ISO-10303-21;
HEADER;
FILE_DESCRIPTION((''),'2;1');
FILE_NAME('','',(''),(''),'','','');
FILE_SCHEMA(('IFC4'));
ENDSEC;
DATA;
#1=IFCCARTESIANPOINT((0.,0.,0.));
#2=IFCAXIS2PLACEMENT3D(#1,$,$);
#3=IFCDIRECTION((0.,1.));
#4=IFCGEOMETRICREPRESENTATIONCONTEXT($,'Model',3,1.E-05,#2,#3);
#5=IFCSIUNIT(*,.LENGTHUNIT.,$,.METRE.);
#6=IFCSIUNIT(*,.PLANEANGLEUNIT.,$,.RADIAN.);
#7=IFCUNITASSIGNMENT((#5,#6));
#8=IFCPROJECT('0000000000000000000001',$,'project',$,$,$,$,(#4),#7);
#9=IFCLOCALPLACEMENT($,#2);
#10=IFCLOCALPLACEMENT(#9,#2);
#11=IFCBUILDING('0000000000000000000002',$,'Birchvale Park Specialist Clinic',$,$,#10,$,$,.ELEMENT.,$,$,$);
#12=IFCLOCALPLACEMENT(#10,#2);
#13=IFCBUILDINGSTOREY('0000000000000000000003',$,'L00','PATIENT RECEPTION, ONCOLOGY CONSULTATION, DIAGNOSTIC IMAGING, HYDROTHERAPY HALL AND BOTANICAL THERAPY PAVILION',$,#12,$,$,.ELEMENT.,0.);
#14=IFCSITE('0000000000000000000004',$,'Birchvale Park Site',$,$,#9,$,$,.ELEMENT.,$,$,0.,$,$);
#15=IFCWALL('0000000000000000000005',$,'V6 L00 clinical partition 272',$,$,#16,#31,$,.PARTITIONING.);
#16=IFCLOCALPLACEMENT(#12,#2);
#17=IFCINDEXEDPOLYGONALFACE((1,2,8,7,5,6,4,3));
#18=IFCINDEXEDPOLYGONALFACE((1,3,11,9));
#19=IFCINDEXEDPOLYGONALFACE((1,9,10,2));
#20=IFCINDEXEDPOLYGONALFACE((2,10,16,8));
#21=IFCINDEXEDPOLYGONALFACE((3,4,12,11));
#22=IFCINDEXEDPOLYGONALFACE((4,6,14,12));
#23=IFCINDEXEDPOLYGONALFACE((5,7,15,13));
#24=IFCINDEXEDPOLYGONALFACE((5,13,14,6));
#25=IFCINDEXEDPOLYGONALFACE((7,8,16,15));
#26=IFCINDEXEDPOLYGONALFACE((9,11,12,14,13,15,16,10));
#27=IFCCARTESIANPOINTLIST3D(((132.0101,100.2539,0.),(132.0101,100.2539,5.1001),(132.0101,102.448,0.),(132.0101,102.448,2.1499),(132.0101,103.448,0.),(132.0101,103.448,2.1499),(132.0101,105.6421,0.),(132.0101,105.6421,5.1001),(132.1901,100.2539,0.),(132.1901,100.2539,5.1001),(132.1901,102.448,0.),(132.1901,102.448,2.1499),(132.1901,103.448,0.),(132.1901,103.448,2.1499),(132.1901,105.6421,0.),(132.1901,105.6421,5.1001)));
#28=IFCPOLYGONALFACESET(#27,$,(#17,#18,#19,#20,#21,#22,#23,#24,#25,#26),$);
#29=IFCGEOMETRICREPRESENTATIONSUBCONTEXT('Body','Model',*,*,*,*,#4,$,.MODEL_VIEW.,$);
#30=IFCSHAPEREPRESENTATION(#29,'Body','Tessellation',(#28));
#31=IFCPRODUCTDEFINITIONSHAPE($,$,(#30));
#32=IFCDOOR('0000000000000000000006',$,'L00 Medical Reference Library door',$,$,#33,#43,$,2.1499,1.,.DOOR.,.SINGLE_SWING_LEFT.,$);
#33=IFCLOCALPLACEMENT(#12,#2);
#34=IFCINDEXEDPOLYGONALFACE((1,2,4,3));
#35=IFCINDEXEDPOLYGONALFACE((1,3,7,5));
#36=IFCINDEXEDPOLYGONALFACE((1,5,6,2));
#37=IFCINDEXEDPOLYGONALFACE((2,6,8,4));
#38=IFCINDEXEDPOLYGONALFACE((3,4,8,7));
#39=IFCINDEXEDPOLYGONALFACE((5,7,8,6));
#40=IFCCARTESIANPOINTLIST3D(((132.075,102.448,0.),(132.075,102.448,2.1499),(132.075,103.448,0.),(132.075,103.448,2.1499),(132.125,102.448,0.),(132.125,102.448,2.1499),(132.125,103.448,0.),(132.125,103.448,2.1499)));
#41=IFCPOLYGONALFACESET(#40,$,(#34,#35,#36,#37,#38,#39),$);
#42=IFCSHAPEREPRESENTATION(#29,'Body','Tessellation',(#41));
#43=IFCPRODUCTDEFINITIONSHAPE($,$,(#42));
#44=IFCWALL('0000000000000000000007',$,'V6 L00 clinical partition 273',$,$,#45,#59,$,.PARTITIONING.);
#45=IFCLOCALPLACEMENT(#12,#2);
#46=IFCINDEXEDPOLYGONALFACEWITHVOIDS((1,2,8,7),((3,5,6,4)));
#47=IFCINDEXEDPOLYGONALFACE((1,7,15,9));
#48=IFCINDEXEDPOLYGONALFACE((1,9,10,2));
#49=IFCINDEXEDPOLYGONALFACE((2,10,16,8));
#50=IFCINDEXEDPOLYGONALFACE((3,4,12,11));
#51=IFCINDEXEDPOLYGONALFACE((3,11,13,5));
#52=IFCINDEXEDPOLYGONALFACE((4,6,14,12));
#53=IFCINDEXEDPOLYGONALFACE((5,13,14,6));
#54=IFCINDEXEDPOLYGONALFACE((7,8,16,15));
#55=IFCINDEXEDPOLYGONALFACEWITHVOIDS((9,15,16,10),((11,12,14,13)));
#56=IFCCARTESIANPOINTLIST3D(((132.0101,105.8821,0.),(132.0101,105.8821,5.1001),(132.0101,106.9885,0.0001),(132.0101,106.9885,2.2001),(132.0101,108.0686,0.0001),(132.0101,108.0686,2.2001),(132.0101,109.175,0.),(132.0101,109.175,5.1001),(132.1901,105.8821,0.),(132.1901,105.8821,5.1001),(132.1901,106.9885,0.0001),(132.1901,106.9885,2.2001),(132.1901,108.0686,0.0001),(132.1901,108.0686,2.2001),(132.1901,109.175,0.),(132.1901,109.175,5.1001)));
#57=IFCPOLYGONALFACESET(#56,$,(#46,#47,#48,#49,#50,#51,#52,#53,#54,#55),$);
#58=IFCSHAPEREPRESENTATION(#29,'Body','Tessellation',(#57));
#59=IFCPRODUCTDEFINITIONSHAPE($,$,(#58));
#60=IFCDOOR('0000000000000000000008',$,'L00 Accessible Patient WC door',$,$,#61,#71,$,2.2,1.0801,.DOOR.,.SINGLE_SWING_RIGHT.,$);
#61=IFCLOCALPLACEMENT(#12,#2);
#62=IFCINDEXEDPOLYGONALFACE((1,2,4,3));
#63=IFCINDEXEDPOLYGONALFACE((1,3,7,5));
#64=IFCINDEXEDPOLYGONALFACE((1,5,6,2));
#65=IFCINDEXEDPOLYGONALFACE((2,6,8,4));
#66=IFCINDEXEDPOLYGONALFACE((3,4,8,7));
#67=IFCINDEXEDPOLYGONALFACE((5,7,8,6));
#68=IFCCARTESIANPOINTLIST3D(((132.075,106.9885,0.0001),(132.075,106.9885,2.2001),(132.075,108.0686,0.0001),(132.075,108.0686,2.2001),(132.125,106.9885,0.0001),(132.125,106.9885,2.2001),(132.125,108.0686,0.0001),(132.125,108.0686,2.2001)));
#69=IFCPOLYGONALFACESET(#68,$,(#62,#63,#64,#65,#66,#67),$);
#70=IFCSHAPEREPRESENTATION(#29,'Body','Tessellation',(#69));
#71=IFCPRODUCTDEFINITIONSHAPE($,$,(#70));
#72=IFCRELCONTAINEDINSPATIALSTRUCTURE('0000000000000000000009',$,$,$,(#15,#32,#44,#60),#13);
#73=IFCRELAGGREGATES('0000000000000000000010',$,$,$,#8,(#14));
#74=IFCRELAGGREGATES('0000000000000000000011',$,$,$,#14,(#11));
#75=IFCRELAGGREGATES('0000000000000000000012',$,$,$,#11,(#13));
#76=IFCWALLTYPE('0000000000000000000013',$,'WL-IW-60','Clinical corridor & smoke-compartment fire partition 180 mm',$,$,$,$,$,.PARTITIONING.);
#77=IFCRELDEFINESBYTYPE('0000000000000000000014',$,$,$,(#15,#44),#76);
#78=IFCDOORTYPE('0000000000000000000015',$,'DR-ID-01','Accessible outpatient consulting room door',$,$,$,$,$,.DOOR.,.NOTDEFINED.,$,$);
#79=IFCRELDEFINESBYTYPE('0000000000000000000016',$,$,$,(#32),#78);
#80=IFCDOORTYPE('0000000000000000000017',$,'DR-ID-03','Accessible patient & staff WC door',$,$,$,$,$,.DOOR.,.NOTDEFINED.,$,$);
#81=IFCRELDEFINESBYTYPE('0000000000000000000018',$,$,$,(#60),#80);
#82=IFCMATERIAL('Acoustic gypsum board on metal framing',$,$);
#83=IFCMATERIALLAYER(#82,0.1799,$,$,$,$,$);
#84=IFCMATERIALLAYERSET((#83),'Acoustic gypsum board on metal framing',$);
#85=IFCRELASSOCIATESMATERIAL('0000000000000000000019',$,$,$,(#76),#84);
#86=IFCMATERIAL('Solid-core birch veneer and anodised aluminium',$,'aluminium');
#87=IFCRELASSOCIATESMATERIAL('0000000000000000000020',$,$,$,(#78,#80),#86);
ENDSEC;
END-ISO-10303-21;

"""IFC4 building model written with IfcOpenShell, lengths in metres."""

from ifc_helpers import new_model, si_unit, direction, frame, frame_2d, origin, place, context, subcontext, project, spatial, rectangle, extrude, material, layer, layer_set, type_object, element, fill, save


model = new_model("IFC4")

# Units and contexts
model_context = context("Model", 3, precision=1e-05, world=origin(), true_north=direction((0.0, 1.0)))
body_context = subcontext(model_context, "Body", "Model", "MODEL_VIEW")
ifc_project = project(units=[si_unit("LENGTHUNIT", "METRE"), si_unit("PLANEANGLEUNIT", "RADIAN")], contexts=[model_context])

# Site, building, storey
site_placement = place(None, origin())
site = spatial("IfcSite", under=ifc_project, at=site_placement, Name="Birchvale Park Site", CompositionType="ELEMENT", RefElevation=0.0)
building_placement = place(site_placement, origin())
building = spatial("IfcBuilding", under=site, at=building_placement, Name="Birchvale Park Specialist Clinic", CompositionType="ELEMENT")
storey_placement = place(building_placement, origin())
storey = spatial("IfcBuildingStorey", under=building, at=storey_placement, Name="L00", Description="PATIENT RECEPTION, ONCOLOGY CONSULTATION, DIAGNOSTIC IMAGING, HYDROTHERAPY HALL AND BOTANICAL THERAPY PAVILION", CompositionType="ELEMENT", Elevation=0.0)

# Shared definitions
ifc_material_1 = material(Name="Acoustic gypsum board on metal framing")

# Walls, openings, doors
ifc_layer_1 = layer(ifc_material_1, 0.1799)
ifc_layer_set_1 = layer_set([ifc_layer_1], Name="Acoustic gypsum board on metal framing")
wall_type_1 = type_object("IfcWallType", Name="WL-IW-60", Description="Clinical corridor & smoke-compartment fire partition 180 mm", PredefinedType="PARTITIONING", material=ifc_layer_set_1)
ifc_material_2 = material(Name="Solid-core birch veneer and anodised aluminium", Category="aluminium")
wall_1_placement = place(storey_placement, frame((132.1001, 105.6421, 0.0), z_axis=(0.0, 0.0, 1.0), x_axis=(0.0, -1.0, 0.0)))
wall_1 = element("IfcWall", 1, at=wall_1_placement, inside=storey, type_object=wall_type_1, Name="V6 L00 clinical partition 272", PredefinedType="PARTITIONING", context=body_context, shape_type="SweptSolid", body=[
    extrude(rectangle(XDim=5.3882, YDim=0.1799, at=frame_2d((2.6941, 0.0))), origin(), (0.0, 0.0, 1.0), 5.1001),
])
opening_1_placement = place(wall_1_placement, frame((2.1941, 0.0, 0.0)))
opening_1 = element("IfcOpeningElement", 2, at=opening_1_placement, cuts=wall_1, PredefinedType="OPENING", context=body_context, shape_type="SweptSolid", body=[
    extrude(rectangle(XDim=1.0, YDim=2.1499, at=frame_2d((0.5, 1.075))), frame((0.0, 0.1001, 0.0), z_axis=(0.0, -1.0, 0.0), x_axis=(1.0, 0.0, 0.0)), (0.0, 0.0, 1.0), 0.2),
])
door_type_1 = type_object("IfcDoorType", Name="DR-ID-01", Description="Accessible outpatient consulting room door", OperationType="NOTDEFINED", PredefinedType="DOOR", material=ifc_material_2)
door_1_placement = place(opening_1_placement, origin())
door_1 = element("IfcDoor", 3, at=door_1_placement, inside=storey, type_object=door_type_1, Name="L00 Medical Reference Library door", OperationType="SINGLE_SWING_LEFT", OverallHeight=2.1499, OverallWidth=1.0, PredefinedType="DOOR", context=body_context, shape_type="SweptSolid", body=[
    extrude(rectangle(XDim=1.0, YDim=2.1499, at=frame_2d((0.5, 1.075))), frame((0.0, 0.0249, 0.0), z_axis=(0.0, -1.0, 0.0), x_axis=(1.0, 0.0, 0.0)), (0.0, 0.0, 1.0), 0.05),
])
fill(opening_1, door_1)
wall_2_placement = place(storey_placement, frame((132.1001, 109.175, 0.0), z_axis=(0.0, 0.0, 1.0), x_axis=(0.0, -1.0, 0.0)))
wall_2 = element("IfcWall", 4, at=wall_2_placement, inside=storey, type_object=wall_type_1, Name="V6 L00 clinical partition 273", PredefinedType="PARTITIONING", context=body_context, shape_type="SweptSolid", body=[
    extrude(rectangle(XDim=3.293, YDim=0.1799, at=frame_2d((1.6465, 0.0))), origin(), (0.0, 0.0, 1.0), 5.1001),
])
opening_2_placement = place(wall_2_placement, frame((1.1064, 0.0, 0.0)))
opening_2 = element("IfcOpeningElement", 5, at=opening_2_placement, cuts=wall_2, PredefinedType="OPENING", context=body_context, shape_type="SweptSolid", body=[
    extrude(rectangle(XDim=1.0801, YDim=2.2, at=frame_2d((0.54, 1.1001))), frame((0.0, 0.1001, 0.0), z_axis=(0.0, -1.0, 0.0), x_axis=(1.0, 0.0, 0.0)), (0.0, 0.0, 1.0), 0.2),
])
door_type_2 = type_object("IfcDoorType", Name="DR-ID-03", Description="Accessible patient & staff WC door", OperationType="NOTDEFINED", PredefinedType="DOOR", material=ifc_material_2)
door_2_placement = place(opening_2_placement, origin())
door_2 = element("IfcDoor", 6, at=door_2_placement, inside=storey, type_object=door_type_2, Name="L00 Accessible Patient WC door", OperationType="SINGLE_SWING_RIGHT", OverallHeight=2.2, OverallWidth=1.0801, PredefinedType="DOOR", context=body_context, shape_type="SweptSolid", body=[
    extrude(rectangle(XDim=1.0801, YDim=2.2, at=frame_2d((0.54, 1.1001))), frame((0.0, 0.0249, 0.0), z_axis=(0.0, -1.0, 0.0), x_axis=(1.0, 0.0, 0.0)), (0.0, 0.0, 1.0), 0.05),
])
fill(opening_2, door_2)

save(model, "model.ifc")
